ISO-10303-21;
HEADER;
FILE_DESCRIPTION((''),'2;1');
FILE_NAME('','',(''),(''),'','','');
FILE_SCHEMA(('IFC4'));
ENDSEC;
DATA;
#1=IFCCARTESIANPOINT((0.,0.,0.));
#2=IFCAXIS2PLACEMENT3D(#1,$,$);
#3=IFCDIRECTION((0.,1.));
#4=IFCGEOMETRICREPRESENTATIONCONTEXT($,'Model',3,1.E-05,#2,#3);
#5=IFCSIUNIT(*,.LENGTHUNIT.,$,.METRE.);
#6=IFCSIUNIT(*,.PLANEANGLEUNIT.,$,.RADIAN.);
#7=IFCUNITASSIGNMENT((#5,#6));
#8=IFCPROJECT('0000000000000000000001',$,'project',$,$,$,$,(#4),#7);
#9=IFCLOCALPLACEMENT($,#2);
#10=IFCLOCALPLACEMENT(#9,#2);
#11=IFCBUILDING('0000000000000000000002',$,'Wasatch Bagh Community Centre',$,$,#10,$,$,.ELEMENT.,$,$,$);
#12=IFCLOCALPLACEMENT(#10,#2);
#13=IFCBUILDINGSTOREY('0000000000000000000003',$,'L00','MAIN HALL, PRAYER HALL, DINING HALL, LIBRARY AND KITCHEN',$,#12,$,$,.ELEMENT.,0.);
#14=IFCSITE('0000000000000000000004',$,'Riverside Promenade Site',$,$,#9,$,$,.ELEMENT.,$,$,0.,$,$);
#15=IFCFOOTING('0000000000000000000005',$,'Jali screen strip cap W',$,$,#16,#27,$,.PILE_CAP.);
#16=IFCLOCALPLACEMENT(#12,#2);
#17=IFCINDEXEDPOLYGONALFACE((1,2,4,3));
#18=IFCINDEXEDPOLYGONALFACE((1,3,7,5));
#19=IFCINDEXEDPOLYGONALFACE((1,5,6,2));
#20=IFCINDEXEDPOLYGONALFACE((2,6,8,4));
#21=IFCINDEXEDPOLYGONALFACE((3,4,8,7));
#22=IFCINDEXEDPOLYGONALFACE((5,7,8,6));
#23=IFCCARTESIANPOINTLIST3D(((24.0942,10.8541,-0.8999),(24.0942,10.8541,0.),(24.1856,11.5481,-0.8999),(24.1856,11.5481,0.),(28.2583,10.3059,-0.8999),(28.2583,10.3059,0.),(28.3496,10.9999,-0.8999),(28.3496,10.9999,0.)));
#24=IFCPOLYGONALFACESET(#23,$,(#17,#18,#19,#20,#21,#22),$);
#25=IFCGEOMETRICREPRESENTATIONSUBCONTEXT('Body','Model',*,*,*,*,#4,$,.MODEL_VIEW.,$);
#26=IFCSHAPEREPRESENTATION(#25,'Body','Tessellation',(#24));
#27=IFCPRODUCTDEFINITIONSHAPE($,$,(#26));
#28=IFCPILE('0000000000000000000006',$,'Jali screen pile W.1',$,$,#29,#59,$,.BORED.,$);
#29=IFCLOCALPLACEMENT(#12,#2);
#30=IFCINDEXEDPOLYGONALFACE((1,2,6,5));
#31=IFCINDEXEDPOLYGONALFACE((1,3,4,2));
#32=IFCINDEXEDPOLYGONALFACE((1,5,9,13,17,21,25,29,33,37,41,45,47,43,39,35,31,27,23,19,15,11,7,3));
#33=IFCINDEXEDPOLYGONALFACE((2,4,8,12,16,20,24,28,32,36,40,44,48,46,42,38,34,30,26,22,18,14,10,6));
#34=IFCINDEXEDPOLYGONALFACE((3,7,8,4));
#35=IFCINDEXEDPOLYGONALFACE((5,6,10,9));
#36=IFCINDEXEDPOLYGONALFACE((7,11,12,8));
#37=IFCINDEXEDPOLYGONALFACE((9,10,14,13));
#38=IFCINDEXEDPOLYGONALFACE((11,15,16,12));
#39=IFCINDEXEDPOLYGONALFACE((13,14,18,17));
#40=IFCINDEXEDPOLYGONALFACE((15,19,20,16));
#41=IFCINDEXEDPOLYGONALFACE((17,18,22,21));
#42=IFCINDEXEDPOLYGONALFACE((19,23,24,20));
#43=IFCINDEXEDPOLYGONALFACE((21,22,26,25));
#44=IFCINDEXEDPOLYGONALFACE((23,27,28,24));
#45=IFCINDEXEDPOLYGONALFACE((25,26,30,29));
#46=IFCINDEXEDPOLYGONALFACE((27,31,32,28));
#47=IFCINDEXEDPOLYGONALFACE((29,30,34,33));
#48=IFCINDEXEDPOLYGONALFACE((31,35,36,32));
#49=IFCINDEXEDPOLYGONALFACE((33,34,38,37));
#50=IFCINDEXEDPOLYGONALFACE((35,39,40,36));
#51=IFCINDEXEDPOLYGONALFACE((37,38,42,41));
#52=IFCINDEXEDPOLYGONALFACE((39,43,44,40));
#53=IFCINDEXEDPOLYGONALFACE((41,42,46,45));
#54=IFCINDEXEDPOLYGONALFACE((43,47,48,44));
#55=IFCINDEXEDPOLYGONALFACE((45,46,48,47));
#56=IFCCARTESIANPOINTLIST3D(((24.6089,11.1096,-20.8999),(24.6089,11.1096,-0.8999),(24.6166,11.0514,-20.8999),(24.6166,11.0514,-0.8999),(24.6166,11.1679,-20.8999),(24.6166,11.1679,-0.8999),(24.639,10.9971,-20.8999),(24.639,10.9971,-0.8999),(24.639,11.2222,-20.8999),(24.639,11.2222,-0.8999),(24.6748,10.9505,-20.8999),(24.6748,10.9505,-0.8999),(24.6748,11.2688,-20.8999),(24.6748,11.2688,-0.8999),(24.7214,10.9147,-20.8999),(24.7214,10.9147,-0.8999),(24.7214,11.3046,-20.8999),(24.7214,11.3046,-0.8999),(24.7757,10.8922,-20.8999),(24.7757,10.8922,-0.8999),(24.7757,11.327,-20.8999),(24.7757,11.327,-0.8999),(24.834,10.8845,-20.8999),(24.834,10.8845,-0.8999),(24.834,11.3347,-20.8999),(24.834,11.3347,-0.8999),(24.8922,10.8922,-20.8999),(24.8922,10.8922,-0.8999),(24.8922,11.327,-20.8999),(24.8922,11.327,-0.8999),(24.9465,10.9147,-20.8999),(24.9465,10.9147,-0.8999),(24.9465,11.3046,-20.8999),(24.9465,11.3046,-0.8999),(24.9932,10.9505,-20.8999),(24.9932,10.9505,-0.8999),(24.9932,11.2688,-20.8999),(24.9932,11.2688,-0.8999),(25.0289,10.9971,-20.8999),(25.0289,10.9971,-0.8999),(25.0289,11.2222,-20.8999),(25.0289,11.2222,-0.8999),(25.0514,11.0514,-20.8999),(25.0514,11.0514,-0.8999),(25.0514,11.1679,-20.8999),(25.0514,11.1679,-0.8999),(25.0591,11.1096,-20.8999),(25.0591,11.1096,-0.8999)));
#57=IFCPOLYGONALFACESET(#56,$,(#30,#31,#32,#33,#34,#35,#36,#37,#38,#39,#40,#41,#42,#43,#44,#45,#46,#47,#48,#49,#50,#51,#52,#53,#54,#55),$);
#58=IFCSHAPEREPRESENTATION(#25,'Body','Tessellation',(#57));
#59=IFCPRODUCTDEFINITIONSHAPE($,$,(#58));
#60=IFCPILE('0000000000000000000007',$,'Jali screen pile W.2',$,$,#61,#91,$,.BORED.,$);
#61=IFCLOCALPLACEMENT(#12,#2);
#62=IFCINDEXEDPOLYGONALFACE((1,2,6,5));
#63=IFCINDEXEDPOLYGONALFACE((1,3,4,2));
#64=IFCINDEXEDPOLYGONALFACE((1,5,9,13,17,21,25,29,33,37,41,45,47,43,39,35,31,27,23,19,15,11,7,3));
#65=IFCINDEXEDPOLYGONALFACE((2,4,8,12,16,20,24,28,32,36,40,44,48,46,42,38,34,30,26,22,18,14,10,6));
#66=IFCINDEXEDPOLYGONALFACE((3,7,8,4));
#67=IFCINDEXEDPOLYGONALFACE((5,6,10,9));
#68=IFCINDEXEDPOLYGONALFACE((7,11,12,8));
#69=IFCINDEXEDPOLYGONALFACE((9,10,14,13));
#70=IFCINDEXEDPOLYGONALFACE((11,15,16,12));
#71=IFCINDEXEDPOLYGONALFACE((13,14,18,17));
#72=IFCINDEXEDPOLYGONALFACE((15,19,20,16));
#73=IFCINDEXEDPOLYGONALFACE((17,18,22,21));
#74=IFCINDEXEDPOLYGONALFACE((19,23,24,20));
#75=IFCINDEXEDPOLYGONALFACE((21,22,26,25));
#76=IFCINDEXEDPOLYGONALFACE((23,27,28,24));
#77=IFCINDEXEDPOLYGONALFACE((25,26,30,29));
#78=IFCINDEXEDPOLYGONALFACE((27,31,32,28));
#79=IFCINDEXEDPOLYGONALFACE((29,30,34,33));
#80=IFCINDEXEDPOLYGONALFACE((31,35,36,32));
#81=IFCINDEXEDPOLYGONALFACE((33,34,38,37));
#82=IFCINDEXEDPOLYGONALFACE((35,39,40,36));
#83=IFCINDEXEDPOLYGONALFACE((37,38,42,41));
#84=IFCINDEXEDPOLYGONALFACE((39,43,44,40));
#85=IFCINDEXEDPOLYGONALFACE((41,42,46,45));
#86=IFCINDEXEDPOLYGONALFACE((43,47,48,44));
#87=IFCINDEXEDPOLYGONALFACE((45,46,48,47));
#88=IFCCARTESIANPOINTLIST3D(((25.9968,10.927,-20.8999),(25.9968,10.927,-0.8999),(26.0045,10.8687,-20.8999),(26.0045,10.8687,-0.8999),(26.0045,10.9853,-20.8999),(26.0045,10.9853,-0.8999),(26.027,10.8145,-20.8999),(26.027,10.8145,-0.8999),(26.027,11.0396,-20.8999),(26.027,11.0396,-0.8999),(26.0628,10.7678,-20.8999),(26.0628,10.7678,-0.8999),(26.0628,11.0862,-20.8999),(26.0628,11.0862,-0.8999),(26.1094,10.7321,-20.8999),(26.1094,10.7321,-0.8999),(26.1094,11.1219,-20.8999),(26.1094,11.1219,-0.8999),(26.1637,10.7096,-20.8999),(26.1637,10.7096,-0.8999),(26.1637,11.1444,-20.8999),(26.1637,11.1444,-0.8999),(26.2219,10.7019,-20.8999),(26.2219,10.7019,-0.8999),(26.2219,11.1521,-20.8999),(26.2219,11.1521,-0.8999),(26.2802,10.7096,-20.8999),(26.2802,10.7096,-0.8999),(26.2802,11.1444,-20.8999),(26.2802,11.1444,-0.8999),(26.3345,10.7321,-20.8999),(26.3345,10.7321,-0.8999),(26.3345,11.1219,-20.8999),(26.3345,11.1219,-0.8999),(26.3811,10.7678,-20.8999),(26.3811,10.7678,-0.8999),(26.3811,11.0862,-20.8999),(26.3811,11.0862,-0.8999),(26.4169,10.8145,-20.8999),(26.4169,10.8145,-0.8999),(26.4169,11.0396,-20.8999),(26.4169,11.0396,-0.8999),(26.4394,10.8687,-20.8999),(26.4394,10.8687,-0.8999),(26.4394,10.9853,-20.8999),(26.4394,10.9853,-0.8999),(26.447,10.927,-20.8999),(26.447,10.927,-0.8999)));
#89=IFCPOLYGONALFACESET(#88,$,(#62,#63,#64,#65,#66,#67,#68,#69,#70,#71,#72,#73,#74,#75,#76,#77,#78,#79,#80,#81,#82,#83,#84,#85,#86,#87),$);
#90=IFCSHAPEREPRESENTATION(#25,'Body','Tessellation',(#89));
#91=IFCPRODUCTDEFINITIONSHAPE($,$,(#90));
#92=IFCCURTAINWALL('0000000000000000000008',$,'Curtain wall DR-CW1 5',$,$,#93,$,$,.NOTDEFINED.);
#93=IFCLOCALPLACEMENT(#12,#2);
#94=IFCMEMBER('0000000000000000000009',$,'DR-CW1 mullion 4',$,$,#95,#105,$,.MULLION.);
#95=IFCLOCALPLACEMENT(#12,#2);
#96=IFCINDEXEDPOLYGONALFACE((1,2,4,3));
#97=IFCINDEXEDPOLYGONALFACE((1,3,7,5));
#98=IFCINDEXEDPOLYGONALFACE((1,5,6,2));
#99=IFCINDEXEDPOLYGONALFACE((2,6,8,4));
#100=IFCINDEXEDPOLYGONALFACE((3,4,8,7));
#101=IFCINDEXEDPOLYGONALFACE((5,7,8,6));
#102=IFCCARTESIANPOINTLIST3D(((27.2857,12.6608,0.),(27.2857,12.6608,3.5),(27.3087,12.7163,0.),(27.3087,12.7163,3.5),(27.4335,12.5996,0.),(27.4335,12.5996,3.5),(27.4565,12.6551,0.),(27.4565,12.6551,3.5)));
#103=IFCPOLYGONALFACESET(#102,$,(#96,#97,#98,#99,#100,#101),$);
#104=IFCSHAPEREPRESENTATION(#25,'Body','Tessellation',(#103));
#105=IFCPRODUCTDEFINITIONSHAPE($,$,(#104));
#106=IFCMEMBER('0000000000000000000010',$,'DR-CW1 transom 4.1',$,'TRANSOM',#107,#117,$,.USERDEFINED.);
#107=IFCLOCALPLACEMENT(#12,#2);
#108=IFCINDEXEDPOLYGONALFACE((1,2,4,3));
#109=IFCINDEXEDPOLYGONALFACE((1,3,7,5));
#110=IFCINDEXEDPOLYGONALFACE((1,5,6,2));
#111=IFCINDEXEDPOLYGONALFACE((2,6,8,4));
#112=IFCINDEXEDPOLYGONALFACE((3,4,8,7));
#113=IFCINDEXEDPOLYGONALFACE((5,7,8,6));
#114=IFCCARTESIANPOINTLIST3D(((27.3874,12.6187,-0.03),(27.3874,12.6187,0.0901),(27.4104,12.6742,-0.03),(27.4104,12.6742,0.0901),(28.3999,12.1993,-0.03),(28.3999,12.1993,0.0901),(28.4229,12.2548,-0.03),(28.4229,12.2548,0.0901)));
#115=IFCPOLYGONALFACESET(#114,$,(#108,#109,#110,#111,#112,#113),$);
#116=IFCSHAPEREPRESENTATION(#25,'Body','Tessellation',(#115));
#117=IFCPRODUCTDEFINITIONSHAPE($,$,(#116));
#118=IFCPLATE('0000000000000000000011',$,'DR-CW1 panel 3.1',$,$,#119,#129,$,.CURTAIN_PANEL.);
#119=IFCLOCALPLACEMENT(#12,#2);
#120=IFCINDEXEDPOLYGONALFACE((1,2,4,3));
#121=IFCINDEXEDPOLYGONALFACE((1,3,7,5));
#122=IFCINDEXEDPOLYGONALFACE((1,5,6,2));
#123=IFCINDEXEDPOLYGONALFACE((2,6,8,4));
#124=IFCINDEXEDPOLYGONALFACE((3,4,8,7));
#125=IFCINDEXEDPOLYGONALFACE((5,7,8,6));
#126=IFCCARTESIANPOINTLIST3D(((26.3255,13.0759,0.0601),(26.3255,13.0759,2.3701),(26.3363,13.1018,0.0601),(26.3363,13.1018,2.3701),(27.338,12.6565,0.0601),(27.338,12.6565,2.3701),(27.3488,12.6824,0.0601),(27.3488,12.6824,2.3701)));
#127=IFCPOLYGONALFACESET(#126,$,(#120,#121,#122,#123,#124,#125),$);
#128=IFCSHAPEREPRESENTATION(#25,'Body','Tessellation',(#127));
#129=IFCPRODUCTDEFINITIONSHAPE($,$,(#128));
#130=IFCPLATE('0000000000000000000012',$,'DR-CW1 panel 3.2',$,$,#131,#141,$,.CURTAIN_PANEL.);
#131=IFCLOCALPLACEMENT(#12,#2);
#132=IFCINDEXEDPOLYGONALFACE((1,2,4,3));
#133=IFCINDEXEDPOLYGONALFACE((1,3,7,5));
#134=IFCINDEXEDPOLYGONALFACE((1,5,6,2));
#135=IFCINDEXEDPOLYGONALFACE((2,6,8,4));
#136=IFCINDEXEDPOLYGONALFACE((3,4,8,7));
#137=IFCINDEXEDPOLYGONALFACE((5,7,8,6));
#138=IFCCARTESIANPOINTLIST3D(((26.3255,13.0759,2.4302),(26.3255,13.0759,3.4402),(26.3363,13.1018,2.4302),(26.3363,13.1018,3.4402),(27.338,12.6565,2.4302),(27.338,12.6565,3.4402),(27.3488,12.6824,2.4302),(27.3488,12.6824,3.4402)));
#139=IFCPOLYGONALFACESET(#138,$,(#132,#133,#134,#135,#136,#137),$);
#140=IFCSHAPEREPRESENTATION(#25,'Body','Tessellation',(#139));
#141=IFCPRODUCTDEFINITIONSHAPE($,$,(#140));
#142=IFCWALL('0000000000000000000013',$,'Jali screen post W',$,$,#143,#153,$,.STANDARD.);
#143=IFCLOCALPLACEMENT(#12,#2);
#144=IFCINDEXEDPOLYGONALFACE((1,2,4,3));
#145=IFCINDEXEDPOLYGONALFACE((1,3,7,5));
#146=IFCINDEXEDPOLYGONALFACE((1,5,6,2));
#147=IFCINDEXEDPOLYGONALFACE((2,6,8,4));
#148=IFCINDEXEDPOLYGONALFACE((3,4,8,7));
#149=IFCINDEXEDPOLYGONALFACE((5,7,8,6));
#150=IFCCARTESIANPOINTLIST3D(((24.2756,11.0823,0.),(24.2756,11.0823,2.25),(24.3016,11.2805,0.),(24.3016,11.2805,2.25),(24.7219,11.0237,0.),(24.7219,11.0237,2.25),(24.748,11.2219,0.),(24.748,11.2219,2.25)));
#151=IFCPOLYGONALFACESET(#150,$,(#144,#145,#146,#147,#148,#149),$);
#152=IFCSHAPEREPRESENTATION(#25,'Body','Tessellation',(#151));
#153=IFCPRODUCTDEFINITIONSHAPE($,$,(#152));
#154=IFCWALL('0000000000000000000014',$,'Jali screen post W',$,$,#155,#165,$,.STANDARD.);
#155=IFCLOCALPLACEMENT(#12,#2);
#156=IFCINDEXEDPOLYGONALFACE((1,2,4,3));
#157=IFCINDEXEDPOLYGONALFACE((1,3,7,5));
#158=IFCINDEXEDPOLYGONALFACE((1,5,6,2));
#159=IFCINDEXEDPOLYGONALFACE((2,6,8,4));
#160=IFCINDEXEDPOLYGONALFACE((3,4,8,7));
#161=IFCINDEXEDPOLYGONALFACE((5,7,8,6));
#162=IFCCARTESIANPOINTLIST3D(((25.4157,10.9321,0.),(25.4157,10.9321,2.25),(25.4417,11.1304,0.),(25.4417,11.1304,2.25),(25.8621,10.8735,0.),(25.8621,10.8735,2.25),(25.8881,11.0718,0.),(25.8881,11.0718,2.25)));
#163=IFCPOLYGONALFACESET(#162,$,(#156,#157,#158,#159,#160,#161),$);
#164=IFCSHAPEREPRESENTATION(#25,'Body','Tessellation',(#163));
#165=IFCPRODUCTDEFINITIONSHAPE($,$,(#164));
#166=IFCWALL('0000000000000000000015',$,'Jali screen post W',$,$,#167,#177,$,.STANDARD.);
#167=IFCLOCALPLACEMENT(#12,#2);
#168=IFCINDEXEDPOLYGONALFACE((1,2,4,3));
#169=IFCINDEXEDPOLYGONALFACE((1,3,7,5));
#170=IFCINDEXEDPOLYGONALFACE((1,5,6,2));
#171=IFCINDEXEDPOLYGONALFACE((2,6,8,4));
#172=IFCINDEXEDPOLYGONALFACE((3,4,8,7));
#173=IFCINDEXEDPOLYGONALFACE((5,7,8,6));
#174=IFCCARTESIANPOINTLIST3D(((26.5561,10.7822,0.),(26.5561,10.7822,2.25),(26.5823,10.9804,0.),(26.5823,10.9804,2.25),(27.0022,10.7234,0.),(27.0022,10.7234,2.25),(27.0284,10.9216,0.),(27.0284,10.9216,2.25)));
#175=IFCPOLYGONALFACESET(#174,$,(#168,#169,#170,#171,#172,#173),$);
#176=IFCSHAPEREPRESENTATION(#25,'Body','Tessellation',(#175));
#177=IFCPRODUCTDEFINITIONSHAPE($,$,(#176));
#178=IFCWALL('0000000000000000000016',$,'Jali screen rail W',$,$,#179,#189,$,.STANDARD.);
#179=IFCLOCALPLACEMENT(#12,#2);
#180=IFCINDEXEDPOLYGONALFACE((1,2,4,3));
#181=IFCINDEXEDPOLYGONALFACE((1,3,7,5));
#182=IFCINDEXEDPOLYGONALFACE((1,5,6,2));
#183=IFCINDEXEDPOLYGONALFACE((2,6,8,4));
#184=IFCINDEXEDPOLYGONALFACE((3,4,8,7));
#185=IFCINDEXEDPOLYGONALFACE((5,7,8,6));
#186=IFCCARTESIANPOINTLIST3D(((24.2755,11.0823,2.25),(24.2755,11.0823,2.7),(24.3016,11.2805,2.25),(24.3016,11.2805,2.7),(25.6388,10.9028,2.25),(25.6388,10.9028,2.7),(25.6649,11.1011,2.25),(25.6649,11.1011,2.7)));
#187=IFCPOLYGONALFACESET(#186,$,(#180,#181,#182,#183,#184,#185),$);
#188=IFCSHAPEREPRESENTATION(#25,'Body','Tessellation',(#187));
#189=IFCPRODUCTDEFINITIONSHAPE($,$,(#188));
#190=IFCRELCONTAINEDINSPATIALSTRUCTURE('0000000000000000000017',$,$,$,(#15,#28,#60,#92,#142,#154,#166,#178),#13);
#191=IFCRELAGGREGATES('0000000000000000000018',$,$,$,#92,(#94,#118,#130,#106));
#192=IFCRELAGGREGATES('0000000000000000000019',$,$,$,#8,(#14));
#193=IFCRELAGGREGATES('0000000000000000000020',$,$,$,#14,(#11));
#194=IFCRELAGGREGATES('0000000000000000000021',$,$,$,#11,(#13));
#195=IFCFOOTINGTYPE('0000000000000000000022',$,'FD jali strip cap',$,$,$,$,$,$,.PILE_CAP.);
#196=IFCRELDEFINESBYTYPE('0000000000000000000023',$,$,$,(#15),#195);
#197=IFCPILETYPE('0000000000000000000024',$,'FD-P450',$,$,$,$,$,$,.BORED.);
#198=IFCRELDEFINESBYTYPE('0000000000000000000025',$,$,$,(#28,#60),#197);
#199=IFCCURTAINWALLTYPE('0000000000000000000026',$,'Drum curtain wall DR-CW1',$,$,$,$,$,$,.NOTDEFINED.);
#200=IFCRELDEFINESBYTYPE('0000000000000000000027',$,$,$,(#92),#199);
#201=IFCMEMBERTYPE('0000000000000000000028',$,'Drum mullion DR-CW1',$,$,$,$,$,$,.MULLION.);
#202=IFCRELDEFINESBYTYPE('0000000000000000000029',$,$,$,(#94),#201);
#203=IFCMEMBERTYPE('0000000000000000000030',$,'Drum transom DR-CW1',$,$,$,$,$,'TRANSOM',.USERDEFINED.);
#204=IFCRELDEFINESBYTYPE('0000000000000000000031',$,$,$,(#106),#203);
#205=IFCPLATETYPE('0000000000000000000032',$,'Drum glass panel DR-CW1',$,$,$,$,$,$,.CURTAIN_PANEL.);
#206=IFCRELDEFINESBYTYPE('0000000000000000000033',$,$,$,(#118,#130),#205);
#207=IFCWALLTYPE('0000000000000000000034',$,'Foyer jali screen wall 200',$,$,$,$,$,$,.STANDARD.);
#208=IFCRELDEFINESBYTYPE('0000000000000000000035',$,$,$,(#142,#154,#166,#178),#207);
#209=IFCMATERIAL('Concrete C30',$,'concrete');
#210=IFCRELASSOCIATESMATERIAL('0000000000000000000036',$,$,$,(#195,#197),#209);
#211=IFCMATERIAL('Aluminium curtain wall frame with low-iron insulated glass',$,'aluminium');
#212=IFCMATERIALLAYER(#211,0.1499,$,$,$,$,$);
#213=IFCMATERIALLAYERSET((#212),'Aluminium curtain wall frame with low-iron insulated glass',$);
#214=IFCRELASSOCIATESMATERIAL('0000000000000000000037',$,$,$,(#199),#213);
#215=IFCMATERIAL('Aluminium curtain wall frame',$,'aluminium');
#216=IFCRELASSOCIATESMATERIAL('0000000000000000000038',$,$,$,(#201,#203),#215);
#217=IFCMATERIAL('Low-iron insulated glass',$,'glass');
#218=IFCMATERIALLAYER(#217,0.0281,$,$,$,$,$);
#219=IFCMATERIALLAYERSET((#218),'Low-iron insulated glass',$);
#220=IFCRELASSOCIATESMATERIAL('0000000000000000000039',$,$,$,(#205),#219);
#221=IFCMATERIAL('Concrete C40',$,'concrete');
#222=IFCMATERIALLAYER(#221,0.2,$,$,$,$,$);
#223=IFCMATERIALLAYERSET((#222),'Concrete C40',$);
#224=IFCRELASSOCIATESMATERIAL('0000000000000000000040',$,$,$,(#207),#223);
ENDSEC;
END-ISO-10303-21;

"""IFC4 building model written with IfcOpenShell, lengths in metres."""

from ifc_helpers import new_model, si_unit, direction, frame, frame_2d, origin, origin_2d, place, context, subcontext, project, spatial, rectangle, circle, extrude, material, layer, layer_set, material_profile, profile_set, type_object, element, aggregate, save


model = new_model("IFC4")

# Units and contexts
model_context = context("Model", 3, precision=1e-05, world=origin(), true_north=direction((0.0, 1.0)))
body_context = subcontext(model_context, "Body", "Model", "MODEL_VIEW")
ifc_project = project(units=[si_unit("LENGTHUNIT", "METRE"), si_unit("PLANEANGLEUNIT", "RADIAN")], contexts=[model_context])

# Site, building, storey
site_placement = place(None, origin())
site = spatial("IfcSite", under=ifc_project, at=site_placement, Name="Riverside Promenade Site", CompositionType="ELEMENT", RefElevation=0.0)
building_placement = place(site_placement, origin())
building = spatial("IfcBuilding", under=site, at=building_placement, Name="Wasatch Bagh Community Centre", CompositionType="ELEMENT")
storey_placement = place(building_placement, origin())
storey = spatial("IfcBuildingStorey", under=building, at=storey_placement, Name="L00", Description="MAIN HALL, PRAYER HALL, DINING HALL, LIBRARY AND KITCHEN", CompositionType="ELEMENT", Elevation=0.0)

# Footing
ifc_material_1 = material(Name="Concrete C30", Category="concrete")
footing_type = type_object("IfcFootingType", Name="FD jali strip cap", PredefinedType="PILE_CAP", material=ifc_material_1)
footing_placement = place(storey_placement, frame((26.2219, 10.927, -0.8999), z_axis=(0.0, 0.0, 1.0), x_axis=(0.991445, -0.130526, 0.0)))
element("IfcFooting", 1, at=footing_placement, inside=storey, type_object=footing_type, Name="Jali screen strip cap W", PredefinedType="PILE_CAP", context=body_context, shape_type="SweptSolid", body=[
    extrude(rectangle(XDim=4.2, YDim=0.7, at=origin_2d()), origin(), (0.0, 0.0, 1.0), 0.8999),
])

# Piles
ifc_material_profile_1 = material_profile(ifc_material_1, circle(Radius=0.2251, at=origin_2d()), Name="RC D450")
ifc_profile_set_1 = profile_set([ifc_material_profile_1], Name="Concrete C30")
pile_type = type_object("IfcPileType", Name="FD-P450", PredefinedType="BORED", material=ifc_profile_set_1)
for number, where, z_axis, x_axis, name in (
    (2, (24.834, 11.1096, -0.8999), (0.0, 0.0, -1.0), (1.0, 0.0, 0.0), "Jali screen pile W.1"),
    (3, (26.2219, 10.927, -0.8999), (0.0, 0.0, -1.0), (1.0, 0.0, 0.0), "Jali screen pile W.2"),
):
    element("IfcPile", number, at=place(storey_placement, frame(where, z_axis=z_axis, x_axis=x_axis)), inside=storey, type_object=pile_type, Name=name, PredefinedType="BORED", context=body_context, shape_type="SweptSolid", body=[
        extrude(circle(Radius=0.2251, at=origin_2d()), origin(), (0.0, 0.0, 1.0), 20.0),
    ])

# Curtain wall, members, plates
ifc_material_2 = material(Name="Aluminium curtain wall frame with low-iron insulated glass", Category="aluminium")
ifc_layer_1 = layer(ifc_material_2, 0.1499)
ifc_layer_set_1 = layer_set([ifc_layer_1], Name="Aluminium curtain wall frame with low-iron insulated glass")
curtain_wall_type = type_object("IfcCurtainWallType", Name="Drum curtain wall DR-CW1", PredefinedType="NOTDEFINED", material=ifc_layer_set_1)
curtain_wall_placement = place(storey_placement, origin())
curtain_wall = element("IfcCurtainWall", 4, at=curtain_wall_placement, inside=storey, type_object=curtain_wall_type, Name="Curtain wall DR-CW1 5", PredefinedType="NOTDEFINED")
ifc_material_3 = material(Name="Aluminium curtain wall frame", Category="aluminium")
ifc_material_profile_2 = material_profile(ifc_material_3, rectangle(XDim=0.0601, YDim=0.1599, at=origin_2d()), Name="Drum mullion DR-CW1")
ifc_profile_set_2 = profile_set([ifc_material_profile_2], Name="Aluminium curtain wall frame")
member_type_1 = type_object("IfcMemberType", Name="Drum mullion DR-CW1", PredefinedType="MULLION", material=ifc_profile_set_2)
member_1_placement = place(storey_placement, frame((27.3711, 12.658, 0.0), z_axis=(0.0, 0.0, 1.0), x_axis=(0.382683, 0.92388, 0.0)))
member_1 = element("IfcMember", 5, at=member_1_placement, type_object=member_type_1, Name="DR-CW1 mullion 4", PredefinedType="MULLION", context=body_context, shape_type="SweptSolid", body=[
    extrude(rectangle(XDim=0.0601, YDim=0.1599, at=origin_2d()), origin(), (0.0, 0.0, 1.0), 3.5),
])
ifc_material_profile_3 = material_profile(ifc_material_3, rectangle(XDim=0.0601, YDim=0.1201, at=origin_2d()), Name="Drum transom DR-CW1")
ifc_profile_set_3 = profile_set([ifc_material_profile_3], Name="Aluminium curtain wall frame")
member_type_2 = type_object("IfcMemberType", Name="Drum transom DR-CW1", ElementType="TRANSOM", PredefinedType="USERDEFINED", material=ifc_profile_set_3)
member_2_placement = place(storey_placement, frame((27.3989, 12.6465, 0.03), z_axis=(0.923859, -0.382732, 0.0), x_axis=(0.382732, 0.923859, 0.0)))
member_2 = element("IfcMember", 6, at=member_2_placement, type_object=member_type_2, Name="DR-CW1 transom 4.1", ObjectType="TRANSOM", PredefinedType="USERDEFINED", context=body_context, shape_type="SweptSolid", body=[
    extrude(rectangle(XDim=0.0601, YDim=0.1201, at=origin_2d()), origin(), (0.0, 0.0, 1.0), 1.0959),
])
ifc_material_4 = material(Name="Low-iron insulated glass", Category="glass")
ifc_layer_2 = layer(ifc_material_4, 0.0281)
ifc_layer_set_2 = layer_set([ifc_layer_2], Name="Low-iron insulated glass")
plate_type = type_object("IfcPlateType", Name="Drum glass panel DR-CW1", PredefinedType="CURTAIN_PANEL", material=ifc_layer_set_2)
plate_1_placement = place(storey_placement, frame((26.8372, 12.8792, 0.0601), z_axis=(0.0, 0.0, 1.0), x_axis=(0.92388, -0.382683, 0.0)))
plate_1 = element("IfcPlate", 7, at=plate_1_placement, type_object=plate_type, Name="DR-CW1 panel 3.1", PredefinedType="CURTAIN_PANEL", context=body_context, shape_type="SweptSolid", body=[
    extrude(rectangle(XDim=1.0959, YDim=0.0281, at=origin_2d()), origin(), (0.0, 0.0, 1.0), 2.3101),
])
plate_2_placement = place(storey_placement, frame((26.8372, 12.8792, 2.4302), z_axis=(0.0, 0.0, 1.0), x_axis=(0.92388, -0.382683, 0.0)))
plate_2 = element("IfcPlate", 8, at=plate_2_placement, type_object=plate_type, Name="DR-CW1 panel 3.2", PredefinedType="CURTAIN_PANEL", context=body_context, shape_type="SweptSolid", body=[
    extrude(rectangle(XDim=1.0959, YDim=0.0281, at=origin_2d()), origin(), (0.0, 0.0, 1.0), 1.01),
])
aggregate(curtain_wall, [member_1, plate_1, plate_2, member_2])

# Walls
ifc_material_5 = material(Name="Concrete C40", Category="concrete")
ifc_layer_3 = layer(ifc_material_5, 0.2)
ifc_layer_set_3 = layer_set([ifc_layer_3], Name="Concrete C40")
wall_type = type_object("IfcWallType", Name="Foyer jali screen wall 200", PredefinedType="STANDARD", material=ifc_layer_set_3)
for number, where, z_axis, x_axis, name in (
    (9, (24.2886, 11.1814, 0.0), (0.0, 0.0, 1.0), (0.991491, -0.130174, 0.0), "Jali screen post W"),
    (10, (25.4287, 11.0312, 0.0), (0.0, 0.0, 1.0), (0.991491, -0.130174, 0.0), "Jali screen post W"),
):
    element("IfcWall", number, at=place(storey_placement, frame(where, z_axis=z_axis, x_axis=x_axis)), inside=storey, type_object=wall_type, Name=name, PredefinedType="STANDARD", context=body_context, shape_type="SweptSolid", body=[
        extrude(rectangle(XDim=0.4502, YDim=0.2, at=frame_2d((0.2251, 0.0))), origin(), (0.0, 0.0, 1.0), 2.25),
    ])
wall_1_placement = place(storey_placement, frame((26.5691, 10.8813, 0.0), z_axis=(0.0, 0.0, 1.0), x_axis=(0.991412, -0.130777, 0.0)))
element("IfcWall", 11, at=wall_1_placement, inside=storey, type_object=wall_type, Name="Jali screen post W", PredefinedType="STANDARD", context=body_context, shape_type="SweptSolid", body=[
    extrude(rectangle(XDim=0.45, YDim=0.2, at=frame_2d((0.2251, 0.0))), origin(), (0.0, 0.0, 1.0), 2.25),
])
wall_2_placement = place(storey_placement, frame((24.2886, 11.1814, 2.25), z_axis=(0.0, 0.0, 1.0), x_axis=(0.991448, -0.1305, 0.0)))
element("IfcWall", 12, at=wall_2_placement, inside=storey, type_object=wall_type, Name="Jali screen rail W", PredefinedType="STANDARD", context=body_context, shape_type="SweptSolid", body=[
    extrude(rectangle(XDim=1.375, YDim=0.2, at=frame_2d((0.6875, 0.0))), origin(), (0.0, 0.0, 1.0), 0.45),
])

save(model, "model.ifc")
